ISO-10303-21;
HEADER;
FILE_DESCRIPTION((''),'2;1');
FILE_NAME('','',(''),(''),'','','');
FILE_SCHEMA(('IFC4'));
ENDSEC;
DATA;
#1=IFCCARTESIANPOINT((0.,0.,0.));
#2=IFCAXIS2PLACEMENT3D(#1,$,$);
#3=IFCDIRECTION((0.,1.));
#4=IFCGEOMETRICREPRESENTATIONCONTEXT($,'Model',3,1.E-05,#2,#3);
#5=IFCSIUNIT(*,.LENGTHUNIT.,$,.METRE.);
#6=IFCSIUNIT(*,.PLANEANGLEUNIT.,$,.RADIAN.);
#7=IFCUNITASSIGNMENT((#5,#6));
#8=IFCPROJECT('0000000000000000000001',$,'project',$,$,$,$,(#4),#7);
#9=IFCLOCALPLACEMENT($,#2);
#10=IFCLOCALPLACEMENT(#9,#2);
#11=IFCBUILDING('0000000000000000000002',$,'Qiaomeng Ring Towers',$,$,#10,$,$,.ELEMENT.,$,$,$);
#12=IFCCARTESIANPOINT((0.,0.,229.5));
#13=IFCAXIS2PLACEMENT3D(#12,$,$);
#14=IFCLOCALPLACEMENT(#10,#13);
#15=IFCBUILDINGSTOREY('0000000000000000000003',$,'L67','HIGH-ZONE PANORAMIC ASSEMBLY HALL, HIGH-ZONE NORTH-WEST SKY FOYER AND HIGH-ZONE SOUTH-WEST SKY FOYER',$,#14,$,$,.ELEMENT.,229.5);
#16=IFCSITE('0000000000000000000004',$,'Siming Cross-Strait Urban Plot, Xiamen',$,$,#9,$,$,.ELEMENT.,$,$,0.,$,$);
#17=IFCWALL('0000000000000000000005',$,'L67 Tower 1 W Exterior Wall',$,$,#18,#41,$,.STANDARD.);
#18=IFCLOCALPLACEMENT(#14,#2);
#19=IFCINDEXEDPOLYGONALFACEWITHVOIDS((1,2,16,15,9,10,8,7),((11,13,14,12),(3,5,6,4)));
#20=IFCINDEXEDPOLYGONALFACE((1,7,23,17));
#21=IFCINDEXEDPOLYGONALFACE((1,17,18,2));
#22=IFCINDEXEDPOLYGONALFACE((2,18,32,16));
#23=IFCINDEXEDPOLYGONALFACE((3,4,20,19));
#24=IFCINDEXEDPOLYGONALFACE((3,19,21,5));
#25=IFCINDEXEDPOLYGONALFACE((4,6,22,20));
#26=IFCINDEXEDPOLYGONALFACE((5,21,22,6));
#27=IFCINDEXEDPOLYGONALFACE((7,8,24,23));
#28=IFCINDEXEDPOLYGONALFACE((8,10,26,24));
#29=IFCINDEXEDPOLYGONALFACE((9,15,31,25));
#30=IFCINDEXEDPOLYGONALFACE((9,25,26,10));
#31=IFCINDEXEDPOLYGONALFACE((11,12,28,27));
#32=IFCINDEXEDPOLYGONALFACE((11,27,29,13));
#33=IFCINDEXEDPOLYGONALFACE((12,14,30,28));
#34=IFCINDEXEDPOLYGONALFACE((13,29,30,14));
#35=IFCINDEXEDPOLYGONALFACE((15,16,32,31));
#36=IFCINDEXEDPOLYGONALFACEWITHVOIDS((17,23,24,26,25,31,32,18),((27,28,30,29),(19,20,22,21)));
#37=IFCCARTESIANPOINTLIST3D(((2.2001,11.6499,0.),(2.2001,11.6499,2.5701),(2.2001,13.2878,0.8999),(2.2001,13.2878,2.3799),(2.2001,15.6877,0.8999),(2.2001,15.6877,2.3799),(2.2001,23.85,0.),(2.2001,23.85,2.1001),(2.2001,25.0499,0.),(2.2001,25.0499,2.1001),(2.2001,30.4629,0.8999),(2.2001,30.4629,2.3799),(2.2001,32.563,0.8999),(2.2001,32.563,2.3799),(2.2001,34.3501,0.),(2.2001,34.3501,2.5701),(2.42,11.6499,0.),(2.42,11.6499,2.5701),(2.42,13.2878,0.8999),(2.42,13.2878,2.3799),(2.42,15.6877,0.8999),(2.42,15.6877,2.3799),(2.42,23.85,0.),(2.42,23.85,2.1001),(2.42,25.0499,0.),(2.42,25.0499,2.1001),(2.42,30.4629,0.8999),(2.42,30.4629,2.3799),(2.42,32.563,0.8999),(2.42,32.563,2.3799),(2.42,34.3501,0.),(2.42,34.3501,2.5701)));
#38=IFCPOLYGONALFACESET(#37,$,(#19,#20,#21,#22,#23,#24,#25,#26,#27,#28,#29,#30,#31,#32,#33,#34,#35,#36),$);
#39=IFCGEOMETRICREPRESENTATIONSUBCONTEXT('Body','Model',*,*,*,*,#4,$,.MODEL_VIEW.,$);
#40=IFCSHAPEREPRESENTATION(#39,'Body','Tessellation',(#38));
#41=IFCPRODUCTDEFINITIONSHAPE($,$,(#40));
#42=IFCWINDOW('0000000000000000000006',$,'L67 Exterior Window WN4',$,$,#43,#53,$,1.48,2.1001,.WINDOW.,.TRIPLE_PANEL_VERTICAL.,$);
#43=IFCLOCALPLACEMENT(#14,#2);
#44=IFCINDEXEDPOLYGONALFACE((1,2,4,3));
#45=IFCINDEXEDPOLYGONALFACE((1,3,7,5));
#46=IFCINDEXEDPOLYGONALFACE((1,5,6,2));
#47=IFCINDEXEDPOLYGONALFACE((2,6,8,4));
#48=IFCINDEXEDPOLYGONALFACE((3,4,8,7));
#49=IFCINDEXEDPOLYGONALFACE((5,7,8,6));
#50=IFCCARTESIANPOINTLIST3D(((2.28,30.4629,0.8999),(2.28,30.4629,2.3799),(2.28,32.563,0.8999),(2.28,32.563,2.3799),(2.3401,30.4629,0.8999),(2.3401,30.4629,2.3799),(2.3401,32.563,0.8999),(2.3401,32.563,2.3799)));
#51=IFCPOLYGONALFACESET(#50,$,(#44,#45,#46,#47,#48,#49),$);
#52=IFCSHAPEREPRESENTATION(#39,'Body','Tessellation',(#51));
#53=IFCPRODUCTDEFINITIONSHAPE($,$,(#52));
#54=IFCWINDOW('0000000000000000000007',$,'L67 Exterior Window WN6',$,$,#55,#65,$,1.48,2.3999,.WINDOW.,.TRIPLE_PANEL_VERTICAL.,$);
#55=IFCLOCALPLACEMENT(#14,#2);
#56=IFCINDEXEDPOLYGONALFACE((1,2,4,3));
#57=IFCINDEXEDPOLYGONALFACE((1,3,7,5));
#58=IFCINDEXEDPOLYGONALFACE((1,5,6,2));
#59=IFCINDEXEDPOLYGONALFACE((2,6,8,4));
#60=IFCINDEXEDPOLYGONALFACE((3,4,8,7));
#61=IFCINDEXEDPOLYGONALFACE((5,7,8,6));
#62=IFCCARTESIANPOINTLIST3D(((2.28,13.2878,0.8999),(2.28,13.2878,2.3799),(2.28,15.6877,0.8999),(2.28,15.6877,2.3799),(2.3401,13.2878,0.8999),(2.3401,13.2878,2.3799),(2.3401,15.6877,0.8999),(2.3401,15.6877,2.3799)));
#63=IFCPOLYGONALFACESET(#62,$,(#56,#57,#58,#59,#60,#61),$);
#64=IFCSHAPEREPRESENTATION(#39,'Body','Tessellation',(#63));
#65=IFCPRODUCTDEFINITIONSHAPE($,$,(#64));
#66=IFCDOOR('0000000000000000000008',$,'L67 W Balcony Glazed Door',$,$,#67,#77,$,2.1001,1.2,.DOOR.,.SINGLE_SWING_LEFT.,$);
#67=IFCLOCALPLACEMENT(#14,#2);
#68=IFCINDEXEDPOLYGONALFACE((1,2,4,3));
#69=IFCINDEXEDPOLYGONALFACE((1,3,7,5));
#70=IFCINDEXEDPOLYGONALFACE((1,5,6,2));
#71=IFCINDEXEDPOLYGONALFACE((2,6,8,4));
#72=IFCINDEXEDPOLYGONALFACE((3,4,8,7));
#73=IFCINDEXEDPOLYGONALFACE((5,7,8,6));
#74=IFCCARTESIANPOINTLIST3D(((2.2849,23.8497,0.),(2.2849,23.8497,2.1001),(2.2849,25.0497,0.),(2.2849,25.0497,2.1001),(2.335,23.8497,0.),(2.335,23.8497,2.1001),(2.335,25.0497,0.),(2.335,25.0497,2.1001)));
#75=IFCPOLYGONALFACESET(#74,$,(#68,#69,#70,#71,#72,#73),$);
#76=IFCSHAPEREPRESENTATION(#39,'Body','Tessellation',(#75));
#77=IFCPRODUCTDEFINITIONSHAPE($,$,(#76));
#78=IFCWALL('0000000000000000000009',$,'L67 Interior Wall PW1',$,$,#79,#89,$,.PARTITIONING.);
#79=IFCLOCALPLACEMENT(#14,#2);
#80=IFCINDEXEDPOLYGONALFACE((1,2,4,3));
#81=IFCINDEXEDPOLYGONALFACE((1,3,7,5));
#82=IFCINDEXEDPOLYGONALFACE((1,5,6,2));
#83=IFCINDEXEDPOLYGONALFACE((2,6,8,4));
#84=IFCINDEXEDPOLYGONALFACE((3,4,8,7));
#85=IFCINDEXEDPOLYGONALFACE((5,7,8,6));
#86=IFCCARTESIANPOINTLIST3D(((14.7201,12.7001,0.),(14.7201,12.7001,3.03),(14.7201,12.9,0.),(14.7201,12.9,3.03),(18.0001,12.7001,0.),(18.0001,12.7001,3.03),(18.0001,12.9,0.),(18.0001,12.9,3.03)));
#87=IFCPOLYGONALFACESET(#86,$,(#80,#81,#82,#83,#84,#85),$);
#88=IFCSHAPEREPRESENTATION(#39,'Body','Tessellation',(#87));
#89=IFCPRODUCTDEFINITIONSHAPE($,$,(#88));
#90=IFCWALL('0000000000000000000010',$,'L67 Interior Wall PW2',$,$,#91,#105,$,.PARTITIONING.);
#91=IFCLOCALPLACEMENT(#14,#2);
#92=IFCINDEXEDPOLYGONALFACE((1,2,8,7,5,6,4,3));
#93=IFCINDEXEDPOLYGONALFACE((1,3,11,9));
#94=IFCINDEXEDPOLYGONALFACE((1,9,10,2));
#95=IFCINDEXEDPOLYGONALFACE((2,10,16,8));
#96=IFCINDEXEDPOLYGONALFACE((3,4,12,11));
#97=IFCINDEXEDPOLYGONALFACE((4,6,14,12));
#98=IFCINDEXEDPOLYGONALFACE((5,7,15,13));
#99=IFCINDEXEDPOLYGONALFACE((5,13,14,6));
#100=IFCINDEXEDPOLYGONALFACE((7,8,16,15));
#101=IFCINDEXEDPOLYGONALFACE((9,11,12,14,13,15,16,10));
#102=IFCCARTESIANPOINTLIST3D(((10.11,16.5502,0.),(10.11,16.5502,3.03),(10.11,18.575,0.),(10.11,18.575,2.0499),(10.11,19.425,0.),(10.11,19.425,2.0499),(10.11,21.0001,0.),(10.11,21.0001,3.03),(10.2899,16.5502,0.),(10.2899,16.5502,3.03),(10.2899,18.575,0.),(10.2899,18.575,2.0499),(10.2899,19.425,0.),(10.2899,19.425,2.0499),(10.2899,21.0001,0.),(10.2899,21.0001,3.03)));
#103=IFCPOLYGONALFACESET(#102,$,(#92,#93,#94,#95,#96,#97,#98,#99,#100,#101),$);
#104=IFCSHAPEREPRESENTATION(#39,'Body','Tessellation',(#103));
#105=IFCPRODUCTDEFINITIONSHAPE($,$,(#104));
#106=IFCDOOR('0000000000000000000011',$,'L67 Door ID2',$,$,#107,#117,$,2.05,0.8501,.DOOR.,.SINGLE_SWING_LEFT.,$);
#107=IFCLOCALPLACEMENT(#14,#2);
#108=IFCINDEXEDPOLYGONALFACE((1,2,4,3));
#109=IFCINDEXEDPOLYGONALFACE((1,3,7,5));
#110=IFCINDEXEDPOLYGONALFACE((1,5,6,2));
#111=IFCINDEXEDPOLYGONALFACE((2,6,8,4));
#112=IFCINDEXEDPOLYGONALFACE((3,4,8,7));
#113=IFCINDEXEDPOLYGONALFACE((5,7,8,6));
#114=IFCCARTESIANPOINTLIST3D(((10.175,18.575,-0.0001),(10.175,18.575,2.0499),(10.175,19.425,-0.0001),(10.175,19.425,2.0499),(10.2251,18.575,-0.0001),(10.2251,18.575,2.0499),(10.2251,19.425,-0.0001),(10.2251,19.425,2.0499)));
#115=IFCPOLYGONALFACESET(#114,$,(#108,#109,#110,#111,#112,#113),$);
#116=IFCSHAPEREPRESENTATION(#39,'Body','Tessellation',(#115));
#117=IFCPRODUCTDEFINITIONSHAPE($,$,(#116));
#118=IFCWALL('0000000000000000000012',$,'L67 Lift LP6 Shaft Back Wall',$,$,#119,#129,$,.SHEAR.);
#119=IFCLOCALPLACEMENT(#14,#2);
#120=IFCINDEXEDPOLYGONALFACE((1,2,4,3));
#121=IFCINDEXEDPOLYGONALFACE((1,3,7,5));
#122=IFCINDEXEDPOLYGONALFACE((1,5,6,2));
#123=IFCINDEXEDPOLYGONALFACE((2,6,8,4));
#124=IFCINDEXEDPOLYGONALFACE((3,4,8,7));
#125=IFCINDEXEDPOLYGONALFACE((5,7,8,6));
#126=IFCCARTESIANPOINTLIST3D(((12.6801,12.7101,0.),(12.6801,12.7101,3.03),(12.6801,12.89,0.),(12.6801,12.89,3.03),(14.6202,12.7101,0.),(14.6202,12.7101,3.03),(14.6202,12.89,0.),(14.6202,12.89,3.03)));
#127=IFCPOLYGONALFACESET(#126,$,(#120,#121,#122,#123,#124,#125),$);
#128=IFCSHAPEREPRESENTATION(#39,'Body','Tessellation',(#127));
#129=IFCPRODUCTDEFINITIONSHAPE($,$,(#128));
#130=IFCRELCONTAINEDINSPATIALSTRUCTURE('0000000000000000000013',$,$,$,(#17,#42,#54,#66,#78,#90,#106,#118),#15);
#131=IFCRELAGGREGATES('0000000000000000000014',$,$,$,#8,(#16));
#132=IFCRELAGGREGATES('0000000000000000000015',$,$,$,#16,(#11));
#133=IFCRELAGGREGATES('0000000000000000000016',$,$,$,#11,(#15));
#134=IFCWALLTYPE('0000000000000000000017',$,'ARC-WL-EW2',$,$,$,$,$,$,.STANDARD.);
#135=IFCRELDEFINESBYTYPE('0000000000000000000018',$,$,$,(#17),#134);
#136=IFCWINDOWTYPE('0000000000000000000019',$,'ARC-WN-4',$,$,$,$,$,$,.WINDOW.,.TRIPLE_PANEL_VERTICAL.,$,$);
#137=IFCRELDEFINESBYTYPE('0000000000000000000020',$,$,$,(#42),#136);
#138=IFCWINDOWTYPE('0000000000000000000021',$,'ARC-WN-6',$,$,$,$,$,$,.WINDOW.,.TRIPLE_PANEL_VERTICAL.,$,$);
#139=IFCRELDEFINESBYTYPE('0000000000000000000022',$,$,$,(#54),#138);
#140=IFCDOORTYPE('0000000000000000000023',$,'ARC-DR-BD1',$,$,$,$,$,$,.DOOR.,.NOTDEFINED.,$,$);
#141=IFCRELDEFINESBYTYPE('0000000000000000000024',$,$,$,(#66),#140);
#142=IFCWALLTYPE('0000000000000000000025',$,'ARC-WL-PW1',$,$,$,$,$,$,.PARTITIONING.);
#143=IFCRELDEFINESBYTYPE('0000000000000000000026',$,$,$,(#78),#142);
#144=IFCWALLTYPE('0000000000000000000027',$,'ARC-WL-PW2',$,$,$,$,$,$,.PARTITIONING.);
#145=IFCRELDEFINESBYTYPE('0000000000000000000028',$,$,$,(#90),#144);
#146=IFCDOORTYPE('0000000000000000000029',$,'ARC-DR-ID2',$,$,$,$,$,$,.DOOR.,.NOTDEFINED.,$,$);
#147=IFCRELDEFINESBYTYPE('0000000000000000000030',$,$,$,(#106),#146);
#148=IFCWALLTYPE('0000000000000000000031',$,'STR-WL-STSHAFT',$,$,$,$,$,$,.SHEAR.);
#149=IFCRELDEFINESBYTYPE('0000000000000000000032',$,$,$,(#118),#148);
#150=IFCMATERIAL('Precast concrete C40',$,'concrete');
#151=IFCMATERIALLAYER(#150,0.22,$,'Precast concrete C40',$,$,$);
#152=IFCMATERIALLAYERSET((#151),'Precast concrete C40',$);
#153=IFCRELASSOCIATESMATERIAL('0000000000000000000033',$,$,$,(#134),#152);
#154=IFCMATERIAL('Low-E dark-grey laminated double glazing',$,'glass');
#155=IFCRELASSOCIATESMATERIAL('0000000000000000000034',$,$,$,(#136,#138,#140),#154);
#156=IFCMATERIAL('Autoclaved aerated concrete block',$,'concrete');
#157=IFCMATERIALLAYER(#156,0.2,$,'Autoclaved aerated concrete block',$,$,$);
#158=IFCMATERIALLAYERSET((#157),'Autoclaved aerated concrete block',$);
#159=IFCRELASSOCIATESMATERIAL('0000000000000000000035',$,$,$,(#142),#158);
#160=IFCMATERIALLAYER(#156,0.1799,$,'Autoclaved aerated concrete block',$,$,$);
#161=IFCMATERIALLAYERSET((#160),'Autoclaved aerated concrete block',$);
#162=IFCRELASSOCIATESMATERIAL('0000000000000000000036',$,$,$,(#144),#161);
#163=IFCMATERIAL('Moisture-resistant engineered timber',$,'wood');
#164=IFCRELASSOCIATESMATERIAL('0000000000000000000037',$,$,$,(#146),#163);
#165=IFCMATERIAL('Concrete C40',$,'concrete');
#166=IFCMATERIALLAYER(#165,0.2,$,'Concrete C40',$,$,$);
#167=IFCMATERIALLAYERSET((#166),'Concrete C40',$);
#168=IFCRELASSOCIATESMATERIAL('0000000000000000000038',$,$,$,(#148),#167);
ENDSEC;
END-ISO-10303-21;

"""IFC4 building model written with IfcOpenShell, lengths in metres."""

from ifc_helpers import new_model, si_unit, direction, frame, frame_2d, origin, place, context, subcontext, project, spatial, rectangle, extrude, source, transform, mapped, material, layer, layer_set, type_object, element, fill, save


model = new_model("IFC4")

# Units and contexts
model_context = context("Model", 3, precision=1e-05, world=origin(), true_north=direction((0.0, 1.0)))
body_context = subcontext(model_context, "Body", "Model", "MODEL_VIEW")
ifc_project = project(units=[si_unit("LENGTHUNIT", "METRE"), si_unit("PLANEANGLEUNIT", "RADIAN")], contexts=[model_context])

# Site, building, storey
site_placement = place(None, origin())
site = spatial("IfcSite", under=ifc_project, at=site_placement, Name="Siming Cross-Strait Urban Plot, Xiamen", CompositionType="ELEMENT", RefElevation=0.0)
building_placement = place(site_placement, origin())
building = spatial("IfcBuilding", under=site, at=building_placement, Name="Qiaomeng Ring Towers", CompositionType="ELEMENT")
storey_placement = place(building_placement, frame((0.0, 0.0, 229.5)))
storey = spatial("IfcBuildingStorey", under=building, at=storey_placement, Name="L67", Description="HIGH-ZONE PANORAMIC ASSEMBLY HALL, HIGH-ZONE NORTH-WEST SKY FOYER AND HIGH-ZONE SOUTH-WEST SKY FOYER", CompositionType="ELEMENT", Elevation=229.5)

# Shared definitions
ifc_material_1 = material(Name="Concrete C40", Category="concrete")

# Wall, openings, windows, door
ifc_material_2 = material(Name="Precast concrete C40", Category="concrete")
ifc_layer_1 = layer(ifc_material_2, 0.22, Name="Precast concrete C40")
ifc_layer_set_1 = layer_set([ifc_layer_1], Name="Precast concrete C40")
wall_type_1 = type_object("IfcWallType", Name="ARC-WL-EW2", PredefinedType="STANDARD", material=ifc_layer_set_1)
wall_1_placement = place(storey_placement, frame((2.3101, 11.6499, 0.0), z_axis=(0.0, 0.0, 1.0), x_axis=(0.0, 1.0, 0.0)))
wall_1 = element("IfcWall", 1, at=wall_1_placement, inside=storey, type_object=wall_type_1, Name="L67 Tower 1 W Exterior Wall", PredefinedType="STANDARD", context=body_context, shape_type="SweptSolid", body=[
    extrude(rectangle(XDim=22.7002, YDim=0.22, at=frame_2d((11.3501, 0.0))), origin(), (0.0, 0.0, 1.0), 2.5701),
])
opening_1_placement = place(wall_1_placement, frame((12.2, 0.0, 0.0)))
opening_1 = element("IfcOpeningElement", 2, at=opening_1_placement, cuts=wall_1, PredefinedType="OPENING", context=body_context, shape_type="SweptSolid", body=[
    extrude(rectangle(XDim=1.2, YDim=2.1001, at=frame_2d((0.6001, 1.05))), frame((0.0, 0.1199, 0.0), z_axis=(0.0, -1.0, 0.0), x_axis=(1.0, 0.0, 0.0)), (0.0, 0.0, 1.0), 0.24),
])
opening_2_placement = place(wall_1_placement, frame((1.6379, 0.0, 0.8999)))
opening_2 = element("IfcOpeningElement", 3, at=opening_2_placement, cuts=wall_1, PredefinedType="OPENING", context=body_context, shape_type="SweptSolid", body=[
    extrude(rectangle(XDim=2.3999, YDim=1.48, at=frame_2d((1.2, 0.74))), frame((0.0, 0.1199, 0.0), z_axis=(0.0, -1.0, 0.0), x_axis=(1.0, 0.0, 0.0)), (0.0, 0.0, 1.0), 0.24),
])
opening_3_placement = place(wall_1_placement, frame((18.813, 0.0, 0.8999)))
opening_3 = element("IfcOpeningElement", 4, at=opening_3_placement, cuts=wall_1, PredefinedType="OPENING", context=body_context, shape_type="SweptSolid", body=[
    extrude(rectangle(XDim=2.1001, YDim=1.48, at=frame_2d((1.05, 0.74))), frame((0.0, 0.1199, 0.0), z_axis=(0.0, -1.0, 0.0), x_axis=(1.0, 0.0, 0.0)), (0.0, 0.0, 1.0), 0.24),
])
ifc_material_3 = material(Name="Low-E dark-grey laminated double glazing", Category="glass")
window_type_1 = type_object("IfcWindowType", Name="ARC-WN-4", PartitioningType="TRIPLE_PANEL_VERTICAL", PredefinedType="WINDOW", material=ifc_material_3)
shared_shape_1 = source(origin(), body_context, "Body", "SweptSolid", [
    extrude(rectangle(XDim=2.1001, YDim=1.48, at=frame_2d((1.05, 0.74))), frame((0.0, 0.03, 0.0), z_axis=(0.0, -1.0, 0.0), x_axis=(1.0, 0.0, 0.0)), (0.0, 0.0, 1.0), 0.0601),
])
window_1_placement = place(opening_3_placement, origin())
window_1 = element("IfcWindow", 5, at=window_1_placement, inside=storey, type_object=window_type_1, Name="L67 Exterior Window WN4", OverallHeight=1.48, OverallWidth=2.1001, PartitioningType="TRIPLE_PANEL_VERTICAL", PredefinedType="WINDOW", context=body_context, shape_type="MappedRepresentation", body=[
    mapped(shared_shape_1, transform((0.0, 0.0, 0.0), x_axis=(1.0, 0.0, 0.0), y_axis=(0.0, 1.0, 0.0), z_axis=(0.0, 0.0, 1.0), scale=1.0)),
])
fill(opening_3, window_1)
window_type_2 = type_object("IfcWindowType", Name="ARC-WN-6", PartitioningType="TRIPLE_PANEL_VERTICAL", PredefinedType="WINDOW", material=ifc_material_3)
shared_shape_2 = source(origin(), body_context, "Body", "SweptSolid", [
    extrude(rectangle(XDim=2.3999, YDim=1.48, at=frame_2d((1.2, 0.74))), frame((0.0, 0.03, 0.0), z_axis=(0.0, -1.0, 0.0), x_axis=(1.0, 0.0, 0.0)), (0.0, 0.0, 1.0), 0.0601),
])
window_2_placement = place(opening_2_placement, origin())
window_2 = element("IfcWindow", 6, at=window_2_placement, inside=storey, type_object=window_type_2, Name="L67 Exterior Window WN6", OverallHeight=1.48, OverallWidth=2.3999, PartitioningType="TRIPLE_PANEL_VERTICAL", PredefinedType="WINDOW", context=body_context, shape_type="MappedRepresentation", body=[
    mapped(shared_shape_2, transform((0.0, 0.0, 0.0), x_axis=(1.0, 0.0, 0.0), y_axis=(0.0, 1.0, 0.0), z_axis=(0.0, 0.0, 1.0), scale=1.0)),
])
fill(opening_2, window_2)
door_type_1 = type_object("IfcDoorType", Name="ARC-DR-BD1", OperationType="NOTDEFINED", PredefinedType="DOOR", material=ifc_material_3)
shared_shape_3 = source(origin(), body_context, "Body", "SweptSolid", [
    extrude(rectangle(XDim=1.2, YDim=2.1001, at=frame_2d((0.6001, 1.05))), frame((0.0, 0.0249, 0.0), z_axis=(0.0, -1.0, 0.0), x_axis=(1.0, 0.0, 0.0)), (0.0, 0.0, 1.0), 0.05),
])
door_1_placement = place(opening_1_placement, frame((1.2, 0.0, 0.0), z_axis=(0.0, 0.0, 1.0), x_axis=(-1.0, 0.0, 0.0)))
door_1 = element("IfcDoor", 7, at=door_1_placement, inside=storey, type_object=door_type_1, Name="L67 W Balcony Glazed Door", OperationType="SINGLE_SWING_LEFT", OverallHeight=2.1001, OverallWidth=1.2, PredefinedType="DOOR", context=body_context, shape_type="MappedRepresentation", body=[
    mapped(shared_shape_3, transform((0.0, 0.0, 0.0), x_axis=(1.0, 0.0, 0.0), y_axis=(0.0, 1.0, 0.0), z_axis=(0.0, 0.0, 1.0), scale=1.0)),
])
fill(opening_1, door_1)

# Wall
ifc_material_4 = material(Name="Autoclaved aerated concrete block", Category="concrete")
ifc_layer_2 = layer(ifc_material_4, 0.2, Name="Autoclaved aerated concrete block")
ifc_layer_set_2 = layer_set([ifc_layer_2], Name="Autoclaved aerated concrete block")
wall_type_2 = type_object("IfcWallType", Name="ARC-WL-PW1", PredefinedType="PARTITIONING", material=ifc_layer_set_2)
wall_2_placement = place(storey_placement, frame((14.72, 12.8, 0.0), z_axis=(0.0, 0.0, 1.0), x_axis=(1.0, 0.0, 0.0)))
element("IfcWall", 8, at=wall_2_placement, inside=storey, type_object=wall_type_2, Name="L67 Interior Wall PW1", PredefinedType="PARTITIONING", context=body_context, shape_type="SweptSolid", body=[
    extrude(rectangle(XDim=3.28, YDim=0.2, at=frame_2d((1.6401, 0.0))), origin(), (0.0, 0.0, 1.0), 3.03),
])

# Wall, opening, door
ifc_layer_3 = layer(ifc_material_4, 0.1799, Name="Autoclaved aerated concrete block")
ifc_layer_set_3 = layer_set([ifc_layer_3], Name="Autoclaved aerated concrete block")
wall_type_3 = type_object("IfcWallType", Name="ARC-WL-PW2", PredefinedType="PARTITIONING", material=ifc_layer_set_3)
wall_3_placement = place(storey_placement, frame((10.2, 16.55, 0.0), z_axis=(0.0, 0.0, 1.0), x_axis=(0.0, 1.0, 0.0)))
wall_3 = element("IfcWall", 9, at=wall_3_placement, inside=storey, type_object=wall_type_3, Name="L67 Interior Wall PW2", PredefinedType="PARTITIONING", context=body_context, shape_type="SweptSolid", body=[
    extrude(rectangle(XDim=4.45, YDim=0.1799, at=frame_2d((2.2251, 0.0))), origin(), (0.0, 0.0, 1.0), 3.03),
])
opening_4_placement = place(wall_3_placement, frame((2.0249, 0.0, 0.0)))
opening_4 = element("IfcOpeningElement", 10, at=opening_4_placement, cuts=wall_3, PredefinedType="OPENING", context=body_context, shape_type="SweptSolid", body=[
    extrude(rectangle(XDim=0.8501, YDim=2.05, at=frame_2d((0.425, 1.0249))), frame((0.0, 0.0999, 0.0), z_axis=(0.0, -1.0, 0.0), x_axis=(1.0, 0.0, 0.0)), (0.0, 0.0, 1.0), 0.2),
])
ifc_material_5 = material(Name="Moisture-resistant engineered timber", Category="wood")
door_type_2 = type_object("IfcDoorType", Name="ARC-DR-ID2", OperationType="NOTDEFINED", PredefinedType="DOOR", material=ifc_material_5)
shared_shape_4 = source(origin(), body_context, "Body", "SweptSolid", [
    extrude(rectangle(XDim=0.8501, YDim=2.05, at=frame_2d((0.425, 1.0249))), frame((0.0, 0.0249, 0.0), z_axis=(0.0, -1.0, 0.0), x_axis=(1.0, 0.0, 0.0)), (0.0, 0.0, 1.0), 0.05),
])
door_2_placement = place(opening_4_placement, origin())
door_2 = element("IfcDoor", 11, at=door_2_placement, inside=storey, type_object=door_type_2, Name="L67 Door ID2", OperationType="SINGLE_SWING_LEFT", OverallHeight=2.05, OverallWidth=0.8501, PredefinedType="DOOR", context=body_context, shape_type="MappedRepresentation", body=[
    mapped(shared_shape_4, transform((0.0, 0.0, 0.0), x_axis=(1.0, 0.0, 0.0), y_axis=(0.0, 1.0, 0.0), z_axis=(0.0, 0.0, 1.0), scale=1.0)),
])
fill(opening_4, door_2)

# Wall
ifc_layer_4 = layer(ifc_material_1, 0.2, Name="Concrete C40")
ifc_layer_set_4 = layer_set([ifc_layer_4], Name="Concrete C40")
wall_type_4 = type_object("IfcWallType", Name="STR-WL-STSHAFT", PredefinedType="SHEAR", material=ifc_layer_set_4)
wall_4_placement = place(storey_placement, frame((12.6799, 12.8, 0.0), z_axis=(0.0, 0.0, 1.0), x_axis=(1.0, 0.0, 0.0)))
element("IfcWall", 12, at=wall_4_placement, inside=storey, type_object=wall_type_4, Name="L67 Lift LP6 Shaft Back Wall", PredefinedType="SHEAR", context=body_context, shape_type="SweptSolid", body=[
    extrude(rectangle(XDim=1.9402, YDim=0.1799, at=frame_2d((0.9702, 0.0))), origin(), (0.0, 0.0, 1.0), 3.03),
])

save(model, "model.ifc")
